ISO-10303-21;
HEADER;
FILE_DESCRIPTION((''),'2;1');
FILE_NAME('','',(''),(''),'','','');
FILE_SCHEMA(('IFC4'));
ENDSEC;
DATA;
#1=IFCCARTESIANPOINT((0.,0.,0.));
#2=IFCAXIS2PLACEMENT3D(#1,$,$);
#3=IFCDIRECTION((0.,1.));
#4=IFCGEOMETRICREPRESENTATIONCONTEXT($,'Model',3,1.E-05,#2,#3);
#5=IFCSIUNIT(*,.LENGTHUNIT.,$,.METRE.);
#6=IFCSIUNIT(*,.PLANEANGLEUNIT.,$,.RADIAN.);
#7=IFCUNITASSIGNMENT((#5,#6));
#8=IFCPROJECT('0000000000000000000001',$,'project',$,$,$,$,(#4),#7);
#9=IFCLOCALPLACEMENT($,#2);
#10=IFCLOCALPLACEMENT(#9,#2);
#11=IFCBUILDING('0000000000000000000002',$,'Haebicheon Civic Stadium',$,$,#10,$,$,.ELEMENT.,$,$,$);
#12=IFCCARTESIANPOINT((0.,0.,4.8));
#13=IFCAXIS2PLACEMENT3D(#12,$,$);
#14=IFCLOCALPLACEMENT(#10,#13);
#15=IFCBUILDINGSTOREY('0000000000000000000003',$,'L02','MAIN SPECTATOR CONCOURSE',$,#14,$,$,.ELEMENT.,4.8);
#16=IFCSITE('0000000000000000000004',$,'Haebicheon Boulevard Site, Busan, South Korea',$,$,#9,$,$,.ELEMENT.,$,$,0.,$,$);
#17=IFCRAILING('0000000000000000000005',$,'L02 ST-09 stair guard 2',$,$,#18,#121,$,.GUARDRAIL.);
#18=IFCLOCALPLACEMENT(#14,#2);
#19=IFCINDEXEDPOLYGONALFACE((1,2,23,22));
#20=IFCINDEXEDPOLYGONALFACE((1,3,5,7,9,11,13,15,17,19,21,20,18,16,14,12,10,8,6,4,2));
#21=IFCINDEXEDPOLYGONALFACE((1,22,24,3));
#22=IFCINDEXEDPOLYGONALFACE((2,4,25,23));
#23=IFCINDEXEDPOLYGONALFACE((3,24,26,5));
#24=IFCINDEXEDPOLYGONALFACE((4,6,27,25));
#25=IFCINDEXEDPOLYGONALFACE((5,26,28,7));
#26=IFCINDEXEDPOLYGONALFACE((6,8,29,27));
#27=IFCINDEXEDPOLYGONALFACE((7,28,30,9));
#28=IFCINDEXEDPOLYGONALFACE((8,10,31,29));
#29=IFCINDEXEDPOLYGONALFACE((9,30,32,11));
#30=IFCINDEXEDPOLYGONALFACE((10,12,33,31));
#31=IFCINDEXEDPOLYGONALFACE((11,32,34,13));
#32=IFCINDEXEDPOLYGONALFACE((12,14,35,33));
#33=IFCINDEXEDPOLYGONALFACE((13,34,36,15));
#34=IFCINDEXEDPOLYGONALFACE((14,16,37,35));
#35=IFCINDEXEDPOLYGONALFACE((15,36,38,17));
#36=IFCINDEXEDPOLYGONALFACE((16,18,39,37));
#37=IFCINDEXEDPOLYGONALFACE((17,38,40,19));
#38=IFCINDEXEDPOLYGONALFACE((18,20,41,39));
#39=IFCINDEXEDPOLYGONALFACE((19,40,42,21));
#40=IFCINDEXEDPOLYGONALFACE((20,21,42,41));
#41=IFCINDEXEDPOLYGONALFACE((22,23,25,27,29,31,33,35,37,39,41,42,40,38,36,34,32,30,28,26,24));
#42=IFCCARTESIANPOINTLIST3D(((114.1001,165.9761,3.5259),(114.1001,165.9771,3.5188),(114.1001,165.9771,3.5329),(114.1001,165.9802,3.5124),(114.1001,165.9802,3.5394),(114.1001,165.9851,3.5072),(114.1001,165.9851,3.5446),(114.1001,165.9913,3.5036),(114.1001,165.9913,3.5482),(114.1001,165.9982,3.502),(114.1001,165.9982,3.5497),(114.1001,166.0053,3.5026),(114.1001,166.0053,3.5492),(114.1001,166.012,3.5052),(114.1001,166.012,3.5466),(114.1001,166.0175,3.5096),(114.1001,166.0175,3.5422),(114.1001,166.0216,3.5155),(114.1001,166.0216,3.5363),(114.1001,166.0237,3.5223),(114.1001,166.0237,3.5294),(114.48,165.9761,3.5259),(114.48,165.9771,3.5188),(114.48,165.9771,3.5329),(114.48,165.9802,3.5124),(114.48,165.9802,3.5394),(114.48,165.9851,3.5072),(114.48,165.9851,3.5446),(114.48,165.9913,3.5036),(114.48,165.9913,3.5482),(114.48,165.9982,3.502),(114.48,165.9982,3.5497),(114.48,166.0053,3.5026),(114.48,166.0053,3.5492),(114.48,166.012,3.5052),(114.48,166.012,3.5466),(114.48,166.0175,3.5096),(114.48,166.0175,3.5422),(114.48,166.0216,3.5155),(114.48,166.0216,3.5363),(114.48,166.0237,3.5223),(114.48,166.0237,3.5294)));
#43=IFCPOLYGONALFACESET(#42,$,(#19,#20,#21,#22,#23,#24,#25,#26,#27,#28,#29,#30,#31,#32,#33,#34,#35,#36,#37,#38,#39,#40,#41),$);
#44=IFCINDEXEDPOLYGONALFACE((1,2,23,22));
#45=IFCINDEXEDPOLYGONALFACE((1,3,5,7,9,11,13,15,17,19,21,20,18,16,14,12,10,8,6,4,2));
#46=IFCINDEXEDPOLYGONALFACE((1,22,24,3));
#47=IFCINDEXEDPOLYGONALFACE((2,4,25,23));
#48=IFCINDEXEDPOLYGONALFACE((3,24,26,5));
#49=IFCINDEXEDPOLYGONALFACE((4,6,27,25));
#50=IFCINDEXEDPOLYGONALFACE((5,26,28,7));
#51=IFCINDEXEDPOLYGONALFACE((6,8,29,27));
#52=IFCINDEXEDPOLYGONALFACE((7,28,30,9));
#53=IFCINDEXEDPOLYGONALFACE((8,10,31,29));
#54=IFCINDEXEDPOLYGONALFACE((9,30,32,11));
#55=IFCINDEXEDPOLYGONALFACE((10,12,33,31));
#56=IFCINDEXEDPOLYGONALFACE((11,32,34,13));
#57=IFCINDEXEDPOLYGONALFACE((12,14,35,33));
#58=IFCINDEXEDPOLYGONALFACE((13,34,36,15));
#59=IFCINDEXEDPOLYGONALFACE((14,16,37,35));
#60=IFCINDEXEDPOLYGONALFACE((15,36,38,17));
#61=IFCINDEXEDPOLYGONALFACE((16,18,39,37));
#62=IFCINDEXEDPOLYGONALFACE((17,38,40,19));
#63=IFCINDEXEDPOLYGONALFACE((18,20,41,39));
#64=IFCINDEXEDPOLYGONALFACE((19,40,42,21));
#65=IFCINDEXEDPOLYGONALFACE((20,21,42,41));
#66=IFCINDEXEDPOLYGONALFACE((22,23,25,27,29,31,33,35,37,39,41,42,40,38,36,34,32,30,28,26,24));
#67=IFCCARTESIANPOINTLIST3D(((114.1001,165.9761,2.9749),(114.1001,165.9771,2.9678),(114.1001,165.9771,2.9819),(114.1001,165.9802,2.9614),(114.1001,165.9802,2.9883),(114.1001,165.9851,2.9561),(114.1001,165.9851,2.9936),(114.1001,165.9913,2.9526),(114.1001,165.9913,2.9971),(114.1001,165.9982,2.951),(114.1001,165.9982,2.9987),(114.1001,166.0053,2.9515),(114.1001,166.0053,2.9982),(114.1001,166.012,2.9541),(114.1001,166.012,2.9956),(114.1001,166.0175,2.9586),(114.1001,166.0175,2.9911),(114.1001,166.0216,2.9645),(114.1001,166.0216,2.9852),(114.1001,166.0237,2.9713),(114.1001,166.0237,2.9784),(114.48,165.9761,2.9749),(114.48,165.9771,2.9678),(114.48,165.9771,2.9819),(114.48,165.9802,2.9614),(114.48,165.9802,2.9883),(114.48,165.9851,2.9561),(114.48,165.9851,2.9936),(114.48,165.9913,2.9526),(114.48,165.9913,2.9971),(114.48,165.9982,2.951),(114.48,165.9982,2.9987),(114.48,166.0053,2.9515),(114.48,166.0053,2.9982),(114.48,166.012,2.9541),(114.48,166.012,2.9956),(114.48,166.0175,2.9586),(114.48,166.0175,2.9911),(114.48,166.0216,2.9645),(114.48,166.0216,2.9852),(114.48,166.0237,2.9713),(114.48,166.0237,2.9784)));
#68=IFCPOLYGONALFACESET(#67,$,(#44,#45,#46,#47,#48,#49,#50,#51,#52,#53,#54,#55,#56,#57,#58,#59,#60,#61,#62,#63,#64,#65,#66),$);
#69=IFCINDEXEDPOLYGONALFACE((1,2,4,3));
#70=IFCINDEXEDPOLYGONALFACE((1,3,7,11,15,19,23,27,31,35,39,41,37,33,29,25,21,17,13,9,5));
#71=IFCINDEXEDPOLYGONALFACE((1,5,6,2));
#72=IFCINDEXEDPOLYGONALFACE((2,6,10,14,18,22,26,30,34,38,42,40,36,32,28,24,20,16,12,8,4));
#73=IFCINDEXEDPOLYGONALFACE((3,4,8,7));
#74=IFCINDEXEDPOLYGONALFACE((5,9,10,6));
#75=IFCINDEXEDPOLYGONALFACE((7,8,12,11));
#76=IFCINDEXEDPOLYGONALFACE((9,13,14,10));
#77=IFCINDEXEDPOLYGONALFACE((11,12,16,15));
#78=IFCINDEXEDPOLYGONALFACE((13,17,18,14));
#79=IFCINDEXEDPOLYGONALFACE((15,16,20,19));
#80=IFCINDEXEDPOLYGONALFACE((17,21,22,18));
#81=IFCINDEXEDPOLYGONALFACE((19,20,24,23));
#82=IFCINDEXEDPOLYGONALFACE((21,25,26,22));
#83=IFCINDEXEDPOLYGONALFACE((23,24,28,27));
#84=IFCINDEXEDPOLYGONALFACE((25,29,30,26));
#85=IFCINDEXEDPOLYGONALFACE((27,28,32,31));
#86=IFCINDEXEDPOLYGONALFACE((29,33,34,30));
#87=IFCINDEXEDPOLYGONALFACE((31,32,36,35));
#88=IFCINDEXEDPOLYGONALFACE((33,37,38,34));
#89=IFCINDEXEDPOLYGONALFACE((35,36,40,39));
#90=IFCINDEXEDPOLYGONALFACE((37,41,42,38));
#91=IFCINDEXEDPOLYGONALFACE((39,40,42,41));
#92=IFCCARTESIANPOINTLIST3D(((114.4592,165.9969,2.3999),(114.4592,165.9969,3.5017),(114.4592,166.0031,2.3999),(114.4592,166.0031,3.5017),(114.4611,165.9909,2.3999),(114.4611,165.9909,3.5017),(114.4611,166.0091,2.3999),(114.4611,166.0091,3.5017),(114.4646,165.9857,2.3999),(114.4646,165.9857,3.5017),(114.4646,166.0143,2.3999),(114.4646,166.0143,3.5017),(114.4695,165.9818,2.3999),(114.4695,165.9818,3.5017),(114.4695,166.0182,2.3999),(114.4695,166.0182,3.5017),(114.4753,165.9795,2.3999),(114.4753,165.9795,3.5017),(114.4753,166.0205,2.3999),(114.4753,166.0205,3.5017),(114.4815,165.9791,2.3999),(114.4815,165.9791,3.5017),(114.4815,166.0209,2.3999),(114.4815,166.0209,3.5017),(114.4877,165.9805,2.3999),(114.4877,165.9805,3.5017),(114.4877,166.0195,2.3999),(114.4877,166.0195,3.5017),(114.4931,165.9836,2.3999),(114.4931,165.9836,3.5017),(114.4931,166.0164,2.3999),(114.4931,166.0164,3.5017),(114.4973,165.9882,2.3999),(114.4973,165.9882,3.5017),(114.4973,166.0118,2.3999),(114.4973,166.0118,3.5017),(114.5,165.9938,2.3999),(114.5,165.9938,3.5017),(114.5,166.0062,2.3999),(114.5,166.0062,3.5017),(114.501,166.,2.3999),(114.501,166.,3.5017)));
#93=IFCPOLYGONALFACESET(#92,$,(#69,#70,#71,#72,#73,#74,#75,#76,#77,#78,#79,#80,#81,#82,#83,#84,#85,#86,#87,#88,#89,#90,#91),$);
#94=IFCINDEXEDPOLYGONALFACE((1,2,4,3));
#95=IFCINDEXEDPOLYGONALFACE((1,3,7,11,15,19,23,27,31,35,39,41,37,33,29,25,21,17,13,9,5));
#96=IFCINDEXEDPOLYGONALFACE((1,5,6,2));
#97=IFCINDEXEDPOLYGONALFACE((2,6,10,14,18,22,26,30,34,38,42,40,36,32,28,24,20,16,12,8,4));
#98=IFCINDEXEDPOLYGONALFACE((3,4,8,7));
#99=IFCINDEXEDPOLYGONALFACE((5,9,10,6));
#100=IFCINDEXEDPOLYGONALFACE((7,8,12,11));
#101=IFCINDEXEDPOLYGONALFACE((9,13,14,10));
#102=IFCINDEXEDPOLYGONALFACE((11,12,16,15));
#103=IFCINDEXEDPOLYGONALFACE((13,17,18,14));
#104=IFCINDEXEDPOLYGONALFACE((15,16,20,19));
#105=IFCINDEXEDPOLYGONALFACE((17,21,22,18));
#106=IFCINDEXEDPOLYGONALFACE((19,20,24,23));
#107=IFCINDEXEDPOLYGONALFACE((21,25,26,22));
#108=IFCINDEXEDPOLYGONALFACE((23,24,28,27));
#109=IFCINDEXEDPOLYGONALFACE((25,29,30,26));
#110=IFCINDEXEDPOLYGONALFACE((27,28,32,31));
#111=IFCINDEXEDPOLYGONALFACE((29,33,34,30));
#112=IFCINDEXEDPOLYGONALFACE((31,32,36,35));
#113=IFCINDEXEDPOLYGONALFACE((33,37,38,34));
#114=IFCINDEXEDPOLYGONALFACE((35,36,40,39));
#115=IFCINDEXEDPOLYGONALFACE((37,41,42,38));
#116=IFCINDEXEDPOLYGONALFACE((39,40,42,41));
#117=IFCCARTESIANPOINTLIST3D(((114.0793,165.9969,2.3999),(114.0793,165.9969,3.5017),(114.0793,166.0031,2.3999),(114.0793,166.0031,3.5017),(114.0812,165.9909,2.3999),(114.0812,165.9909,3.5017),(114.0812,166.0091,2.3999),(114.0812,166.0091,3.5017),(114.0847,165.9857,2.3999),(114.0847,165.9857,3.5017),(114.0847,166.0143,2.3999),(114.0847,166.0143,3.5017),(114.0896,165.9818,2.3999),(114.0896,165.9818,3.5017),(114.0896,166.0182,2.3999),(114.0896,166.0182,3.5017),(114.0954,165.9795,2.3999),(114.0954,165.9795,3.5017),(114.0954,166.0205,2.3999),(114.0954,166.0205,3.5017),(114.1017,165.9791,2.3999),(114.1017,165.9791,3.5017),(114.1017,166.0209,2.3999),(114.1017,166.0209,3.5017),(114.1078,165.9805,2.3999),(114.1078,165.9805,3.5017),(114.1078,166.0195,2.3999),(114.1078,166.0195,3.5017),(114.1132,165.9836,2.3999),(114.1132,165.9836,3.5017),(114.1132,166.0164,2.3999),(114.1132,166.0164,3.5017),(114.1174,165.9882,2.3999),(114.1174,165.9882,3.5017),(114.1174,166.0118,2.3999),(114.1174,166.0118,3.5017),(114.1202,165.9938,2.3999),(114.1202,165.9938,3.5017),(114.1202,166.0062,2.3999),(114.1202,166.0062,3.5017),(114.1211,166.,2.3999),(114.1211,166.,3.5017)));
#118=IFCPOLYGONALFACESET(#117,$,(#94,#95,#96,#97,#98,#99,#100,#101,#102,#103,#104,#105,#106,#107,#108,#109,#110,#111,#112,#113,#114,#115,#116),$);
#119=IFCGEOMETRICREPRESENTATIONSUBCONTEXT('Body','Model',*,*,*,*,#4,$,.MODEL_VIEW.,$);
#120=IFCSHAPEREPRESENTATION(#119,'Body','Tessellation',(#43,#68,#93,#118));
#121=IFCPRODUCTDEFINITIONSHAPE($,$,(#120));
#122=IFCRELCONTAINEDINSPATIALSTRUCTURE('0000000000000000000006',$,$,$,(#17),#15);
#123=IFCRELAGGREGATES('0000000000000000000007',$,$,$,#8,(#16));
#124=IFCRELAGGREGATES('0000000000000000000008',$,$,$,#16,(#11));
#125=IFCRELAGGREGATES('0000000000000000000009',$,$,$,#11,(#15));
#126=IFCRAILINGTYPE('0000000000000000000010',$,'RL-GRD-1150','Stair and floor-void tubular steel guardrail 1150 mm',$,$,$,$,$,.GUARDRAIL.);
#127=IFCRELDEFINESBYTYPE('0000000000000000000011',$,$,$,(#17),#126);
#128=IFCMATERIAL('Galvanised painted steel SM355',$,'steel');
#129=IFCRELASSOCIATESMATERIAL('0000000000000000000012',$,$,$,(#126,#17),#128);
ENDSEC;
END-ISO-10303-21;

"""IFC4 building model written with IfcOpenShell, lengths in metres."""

from ifc_helpers import new_model, si_unit, direction, frame, origin, origin_2d, place, context, subcontext, project, spatial, circle, extrude, material, type_object, element, save


model = new_model("IFC4")

# Units and contexts
model_context = context("Model", 3, precision=1e-05, world=origin(), true_north=direction((0.0, 1.0)))
body_context = subcontext(model_context, "Body", "Model", "MODEL_VIEW")
ifc_project = project(units=[si_unit("LENGTHUNIT", "METRE"), si_unit("PLANEANGLEUNIT", "RADIAN")], contexts=[model_context])

# Site, building, storey
site_placement = place(None, origin())
site = spatial("IfcSite", under=ifc_project, at=site_placement, Name="Haebicheon Boulevard Site, Busan, South Korea", CompositionType="ELEMENT", RefElevation=0.0)
building_placement = place(site_placement, origin())
building = spatial("IfcBuilding", under=site, at=building_placement, Name="Haebicheon Civic Stadium", CompositionType="ELEMENT")
storey_placement = place(building_placement, frame((0.0, 0.0, 4.8)))
storey = spatial("IfcBuildingStorey", under=building, at=storey_placement, Name="L02", Description="MAIN SPECTATOR CONCOURSE", CompositionType="ELEMENT", Elevation=4.8)

# Railing
ifc_material_1 = material(Name="Galvanised painted steel SM355", Category="steel")
railing_type = type_object("IfcRailingType", Name="RL-GRD-1150", Description="Stair and floor-void tubular steel guardrail 1150 mm", PredefinedType="GUARDRAIL", material=ifc_material_1)
railing_1_placement = place(storey_placement, frame((114.48, 166.0, 2.3999)))
element("IfcRailing", 1, at=railing_1_placement, inside=storey, type_object=railing_type, material=ifc_material_1, Name="L02 ST-09 stair guard 2", PredefinedType="GUARDRAIL", context=body_context, shape_type="SweptSolid", body=[
    extrude(circle(Radius=0.0239, at=origin_2d()), frame((0.0, 0.0, 1.126), z_axis=(-1.0, 0.0, 0.0), x_axis=(0.0, -1.0, 0.0)), (0.0, 0.0, 1.0), 0.3799),
    extrude(circle(Radius=0.0239, at=origin_2d()), frame((0.0, 0.0, 0.575), z_axis=(-1.0, 0.0, 0.0), x_axis=(0.0, -1.0, 0.0)), (0.0, 0.0, 1.0), 0.3799),
    extrude(circle(Radius=0.021, at=origin_2d()), origin(), (0.0, 0.0, 1.0), 1.1018),
    extrude(circle(Radius=0.021, at=origin_2d()), frame((-0.3799, 0.0, 0.0)), (0.0, 0.0, 1.0), 1.1018),
])

save(model, "model.ifc")
